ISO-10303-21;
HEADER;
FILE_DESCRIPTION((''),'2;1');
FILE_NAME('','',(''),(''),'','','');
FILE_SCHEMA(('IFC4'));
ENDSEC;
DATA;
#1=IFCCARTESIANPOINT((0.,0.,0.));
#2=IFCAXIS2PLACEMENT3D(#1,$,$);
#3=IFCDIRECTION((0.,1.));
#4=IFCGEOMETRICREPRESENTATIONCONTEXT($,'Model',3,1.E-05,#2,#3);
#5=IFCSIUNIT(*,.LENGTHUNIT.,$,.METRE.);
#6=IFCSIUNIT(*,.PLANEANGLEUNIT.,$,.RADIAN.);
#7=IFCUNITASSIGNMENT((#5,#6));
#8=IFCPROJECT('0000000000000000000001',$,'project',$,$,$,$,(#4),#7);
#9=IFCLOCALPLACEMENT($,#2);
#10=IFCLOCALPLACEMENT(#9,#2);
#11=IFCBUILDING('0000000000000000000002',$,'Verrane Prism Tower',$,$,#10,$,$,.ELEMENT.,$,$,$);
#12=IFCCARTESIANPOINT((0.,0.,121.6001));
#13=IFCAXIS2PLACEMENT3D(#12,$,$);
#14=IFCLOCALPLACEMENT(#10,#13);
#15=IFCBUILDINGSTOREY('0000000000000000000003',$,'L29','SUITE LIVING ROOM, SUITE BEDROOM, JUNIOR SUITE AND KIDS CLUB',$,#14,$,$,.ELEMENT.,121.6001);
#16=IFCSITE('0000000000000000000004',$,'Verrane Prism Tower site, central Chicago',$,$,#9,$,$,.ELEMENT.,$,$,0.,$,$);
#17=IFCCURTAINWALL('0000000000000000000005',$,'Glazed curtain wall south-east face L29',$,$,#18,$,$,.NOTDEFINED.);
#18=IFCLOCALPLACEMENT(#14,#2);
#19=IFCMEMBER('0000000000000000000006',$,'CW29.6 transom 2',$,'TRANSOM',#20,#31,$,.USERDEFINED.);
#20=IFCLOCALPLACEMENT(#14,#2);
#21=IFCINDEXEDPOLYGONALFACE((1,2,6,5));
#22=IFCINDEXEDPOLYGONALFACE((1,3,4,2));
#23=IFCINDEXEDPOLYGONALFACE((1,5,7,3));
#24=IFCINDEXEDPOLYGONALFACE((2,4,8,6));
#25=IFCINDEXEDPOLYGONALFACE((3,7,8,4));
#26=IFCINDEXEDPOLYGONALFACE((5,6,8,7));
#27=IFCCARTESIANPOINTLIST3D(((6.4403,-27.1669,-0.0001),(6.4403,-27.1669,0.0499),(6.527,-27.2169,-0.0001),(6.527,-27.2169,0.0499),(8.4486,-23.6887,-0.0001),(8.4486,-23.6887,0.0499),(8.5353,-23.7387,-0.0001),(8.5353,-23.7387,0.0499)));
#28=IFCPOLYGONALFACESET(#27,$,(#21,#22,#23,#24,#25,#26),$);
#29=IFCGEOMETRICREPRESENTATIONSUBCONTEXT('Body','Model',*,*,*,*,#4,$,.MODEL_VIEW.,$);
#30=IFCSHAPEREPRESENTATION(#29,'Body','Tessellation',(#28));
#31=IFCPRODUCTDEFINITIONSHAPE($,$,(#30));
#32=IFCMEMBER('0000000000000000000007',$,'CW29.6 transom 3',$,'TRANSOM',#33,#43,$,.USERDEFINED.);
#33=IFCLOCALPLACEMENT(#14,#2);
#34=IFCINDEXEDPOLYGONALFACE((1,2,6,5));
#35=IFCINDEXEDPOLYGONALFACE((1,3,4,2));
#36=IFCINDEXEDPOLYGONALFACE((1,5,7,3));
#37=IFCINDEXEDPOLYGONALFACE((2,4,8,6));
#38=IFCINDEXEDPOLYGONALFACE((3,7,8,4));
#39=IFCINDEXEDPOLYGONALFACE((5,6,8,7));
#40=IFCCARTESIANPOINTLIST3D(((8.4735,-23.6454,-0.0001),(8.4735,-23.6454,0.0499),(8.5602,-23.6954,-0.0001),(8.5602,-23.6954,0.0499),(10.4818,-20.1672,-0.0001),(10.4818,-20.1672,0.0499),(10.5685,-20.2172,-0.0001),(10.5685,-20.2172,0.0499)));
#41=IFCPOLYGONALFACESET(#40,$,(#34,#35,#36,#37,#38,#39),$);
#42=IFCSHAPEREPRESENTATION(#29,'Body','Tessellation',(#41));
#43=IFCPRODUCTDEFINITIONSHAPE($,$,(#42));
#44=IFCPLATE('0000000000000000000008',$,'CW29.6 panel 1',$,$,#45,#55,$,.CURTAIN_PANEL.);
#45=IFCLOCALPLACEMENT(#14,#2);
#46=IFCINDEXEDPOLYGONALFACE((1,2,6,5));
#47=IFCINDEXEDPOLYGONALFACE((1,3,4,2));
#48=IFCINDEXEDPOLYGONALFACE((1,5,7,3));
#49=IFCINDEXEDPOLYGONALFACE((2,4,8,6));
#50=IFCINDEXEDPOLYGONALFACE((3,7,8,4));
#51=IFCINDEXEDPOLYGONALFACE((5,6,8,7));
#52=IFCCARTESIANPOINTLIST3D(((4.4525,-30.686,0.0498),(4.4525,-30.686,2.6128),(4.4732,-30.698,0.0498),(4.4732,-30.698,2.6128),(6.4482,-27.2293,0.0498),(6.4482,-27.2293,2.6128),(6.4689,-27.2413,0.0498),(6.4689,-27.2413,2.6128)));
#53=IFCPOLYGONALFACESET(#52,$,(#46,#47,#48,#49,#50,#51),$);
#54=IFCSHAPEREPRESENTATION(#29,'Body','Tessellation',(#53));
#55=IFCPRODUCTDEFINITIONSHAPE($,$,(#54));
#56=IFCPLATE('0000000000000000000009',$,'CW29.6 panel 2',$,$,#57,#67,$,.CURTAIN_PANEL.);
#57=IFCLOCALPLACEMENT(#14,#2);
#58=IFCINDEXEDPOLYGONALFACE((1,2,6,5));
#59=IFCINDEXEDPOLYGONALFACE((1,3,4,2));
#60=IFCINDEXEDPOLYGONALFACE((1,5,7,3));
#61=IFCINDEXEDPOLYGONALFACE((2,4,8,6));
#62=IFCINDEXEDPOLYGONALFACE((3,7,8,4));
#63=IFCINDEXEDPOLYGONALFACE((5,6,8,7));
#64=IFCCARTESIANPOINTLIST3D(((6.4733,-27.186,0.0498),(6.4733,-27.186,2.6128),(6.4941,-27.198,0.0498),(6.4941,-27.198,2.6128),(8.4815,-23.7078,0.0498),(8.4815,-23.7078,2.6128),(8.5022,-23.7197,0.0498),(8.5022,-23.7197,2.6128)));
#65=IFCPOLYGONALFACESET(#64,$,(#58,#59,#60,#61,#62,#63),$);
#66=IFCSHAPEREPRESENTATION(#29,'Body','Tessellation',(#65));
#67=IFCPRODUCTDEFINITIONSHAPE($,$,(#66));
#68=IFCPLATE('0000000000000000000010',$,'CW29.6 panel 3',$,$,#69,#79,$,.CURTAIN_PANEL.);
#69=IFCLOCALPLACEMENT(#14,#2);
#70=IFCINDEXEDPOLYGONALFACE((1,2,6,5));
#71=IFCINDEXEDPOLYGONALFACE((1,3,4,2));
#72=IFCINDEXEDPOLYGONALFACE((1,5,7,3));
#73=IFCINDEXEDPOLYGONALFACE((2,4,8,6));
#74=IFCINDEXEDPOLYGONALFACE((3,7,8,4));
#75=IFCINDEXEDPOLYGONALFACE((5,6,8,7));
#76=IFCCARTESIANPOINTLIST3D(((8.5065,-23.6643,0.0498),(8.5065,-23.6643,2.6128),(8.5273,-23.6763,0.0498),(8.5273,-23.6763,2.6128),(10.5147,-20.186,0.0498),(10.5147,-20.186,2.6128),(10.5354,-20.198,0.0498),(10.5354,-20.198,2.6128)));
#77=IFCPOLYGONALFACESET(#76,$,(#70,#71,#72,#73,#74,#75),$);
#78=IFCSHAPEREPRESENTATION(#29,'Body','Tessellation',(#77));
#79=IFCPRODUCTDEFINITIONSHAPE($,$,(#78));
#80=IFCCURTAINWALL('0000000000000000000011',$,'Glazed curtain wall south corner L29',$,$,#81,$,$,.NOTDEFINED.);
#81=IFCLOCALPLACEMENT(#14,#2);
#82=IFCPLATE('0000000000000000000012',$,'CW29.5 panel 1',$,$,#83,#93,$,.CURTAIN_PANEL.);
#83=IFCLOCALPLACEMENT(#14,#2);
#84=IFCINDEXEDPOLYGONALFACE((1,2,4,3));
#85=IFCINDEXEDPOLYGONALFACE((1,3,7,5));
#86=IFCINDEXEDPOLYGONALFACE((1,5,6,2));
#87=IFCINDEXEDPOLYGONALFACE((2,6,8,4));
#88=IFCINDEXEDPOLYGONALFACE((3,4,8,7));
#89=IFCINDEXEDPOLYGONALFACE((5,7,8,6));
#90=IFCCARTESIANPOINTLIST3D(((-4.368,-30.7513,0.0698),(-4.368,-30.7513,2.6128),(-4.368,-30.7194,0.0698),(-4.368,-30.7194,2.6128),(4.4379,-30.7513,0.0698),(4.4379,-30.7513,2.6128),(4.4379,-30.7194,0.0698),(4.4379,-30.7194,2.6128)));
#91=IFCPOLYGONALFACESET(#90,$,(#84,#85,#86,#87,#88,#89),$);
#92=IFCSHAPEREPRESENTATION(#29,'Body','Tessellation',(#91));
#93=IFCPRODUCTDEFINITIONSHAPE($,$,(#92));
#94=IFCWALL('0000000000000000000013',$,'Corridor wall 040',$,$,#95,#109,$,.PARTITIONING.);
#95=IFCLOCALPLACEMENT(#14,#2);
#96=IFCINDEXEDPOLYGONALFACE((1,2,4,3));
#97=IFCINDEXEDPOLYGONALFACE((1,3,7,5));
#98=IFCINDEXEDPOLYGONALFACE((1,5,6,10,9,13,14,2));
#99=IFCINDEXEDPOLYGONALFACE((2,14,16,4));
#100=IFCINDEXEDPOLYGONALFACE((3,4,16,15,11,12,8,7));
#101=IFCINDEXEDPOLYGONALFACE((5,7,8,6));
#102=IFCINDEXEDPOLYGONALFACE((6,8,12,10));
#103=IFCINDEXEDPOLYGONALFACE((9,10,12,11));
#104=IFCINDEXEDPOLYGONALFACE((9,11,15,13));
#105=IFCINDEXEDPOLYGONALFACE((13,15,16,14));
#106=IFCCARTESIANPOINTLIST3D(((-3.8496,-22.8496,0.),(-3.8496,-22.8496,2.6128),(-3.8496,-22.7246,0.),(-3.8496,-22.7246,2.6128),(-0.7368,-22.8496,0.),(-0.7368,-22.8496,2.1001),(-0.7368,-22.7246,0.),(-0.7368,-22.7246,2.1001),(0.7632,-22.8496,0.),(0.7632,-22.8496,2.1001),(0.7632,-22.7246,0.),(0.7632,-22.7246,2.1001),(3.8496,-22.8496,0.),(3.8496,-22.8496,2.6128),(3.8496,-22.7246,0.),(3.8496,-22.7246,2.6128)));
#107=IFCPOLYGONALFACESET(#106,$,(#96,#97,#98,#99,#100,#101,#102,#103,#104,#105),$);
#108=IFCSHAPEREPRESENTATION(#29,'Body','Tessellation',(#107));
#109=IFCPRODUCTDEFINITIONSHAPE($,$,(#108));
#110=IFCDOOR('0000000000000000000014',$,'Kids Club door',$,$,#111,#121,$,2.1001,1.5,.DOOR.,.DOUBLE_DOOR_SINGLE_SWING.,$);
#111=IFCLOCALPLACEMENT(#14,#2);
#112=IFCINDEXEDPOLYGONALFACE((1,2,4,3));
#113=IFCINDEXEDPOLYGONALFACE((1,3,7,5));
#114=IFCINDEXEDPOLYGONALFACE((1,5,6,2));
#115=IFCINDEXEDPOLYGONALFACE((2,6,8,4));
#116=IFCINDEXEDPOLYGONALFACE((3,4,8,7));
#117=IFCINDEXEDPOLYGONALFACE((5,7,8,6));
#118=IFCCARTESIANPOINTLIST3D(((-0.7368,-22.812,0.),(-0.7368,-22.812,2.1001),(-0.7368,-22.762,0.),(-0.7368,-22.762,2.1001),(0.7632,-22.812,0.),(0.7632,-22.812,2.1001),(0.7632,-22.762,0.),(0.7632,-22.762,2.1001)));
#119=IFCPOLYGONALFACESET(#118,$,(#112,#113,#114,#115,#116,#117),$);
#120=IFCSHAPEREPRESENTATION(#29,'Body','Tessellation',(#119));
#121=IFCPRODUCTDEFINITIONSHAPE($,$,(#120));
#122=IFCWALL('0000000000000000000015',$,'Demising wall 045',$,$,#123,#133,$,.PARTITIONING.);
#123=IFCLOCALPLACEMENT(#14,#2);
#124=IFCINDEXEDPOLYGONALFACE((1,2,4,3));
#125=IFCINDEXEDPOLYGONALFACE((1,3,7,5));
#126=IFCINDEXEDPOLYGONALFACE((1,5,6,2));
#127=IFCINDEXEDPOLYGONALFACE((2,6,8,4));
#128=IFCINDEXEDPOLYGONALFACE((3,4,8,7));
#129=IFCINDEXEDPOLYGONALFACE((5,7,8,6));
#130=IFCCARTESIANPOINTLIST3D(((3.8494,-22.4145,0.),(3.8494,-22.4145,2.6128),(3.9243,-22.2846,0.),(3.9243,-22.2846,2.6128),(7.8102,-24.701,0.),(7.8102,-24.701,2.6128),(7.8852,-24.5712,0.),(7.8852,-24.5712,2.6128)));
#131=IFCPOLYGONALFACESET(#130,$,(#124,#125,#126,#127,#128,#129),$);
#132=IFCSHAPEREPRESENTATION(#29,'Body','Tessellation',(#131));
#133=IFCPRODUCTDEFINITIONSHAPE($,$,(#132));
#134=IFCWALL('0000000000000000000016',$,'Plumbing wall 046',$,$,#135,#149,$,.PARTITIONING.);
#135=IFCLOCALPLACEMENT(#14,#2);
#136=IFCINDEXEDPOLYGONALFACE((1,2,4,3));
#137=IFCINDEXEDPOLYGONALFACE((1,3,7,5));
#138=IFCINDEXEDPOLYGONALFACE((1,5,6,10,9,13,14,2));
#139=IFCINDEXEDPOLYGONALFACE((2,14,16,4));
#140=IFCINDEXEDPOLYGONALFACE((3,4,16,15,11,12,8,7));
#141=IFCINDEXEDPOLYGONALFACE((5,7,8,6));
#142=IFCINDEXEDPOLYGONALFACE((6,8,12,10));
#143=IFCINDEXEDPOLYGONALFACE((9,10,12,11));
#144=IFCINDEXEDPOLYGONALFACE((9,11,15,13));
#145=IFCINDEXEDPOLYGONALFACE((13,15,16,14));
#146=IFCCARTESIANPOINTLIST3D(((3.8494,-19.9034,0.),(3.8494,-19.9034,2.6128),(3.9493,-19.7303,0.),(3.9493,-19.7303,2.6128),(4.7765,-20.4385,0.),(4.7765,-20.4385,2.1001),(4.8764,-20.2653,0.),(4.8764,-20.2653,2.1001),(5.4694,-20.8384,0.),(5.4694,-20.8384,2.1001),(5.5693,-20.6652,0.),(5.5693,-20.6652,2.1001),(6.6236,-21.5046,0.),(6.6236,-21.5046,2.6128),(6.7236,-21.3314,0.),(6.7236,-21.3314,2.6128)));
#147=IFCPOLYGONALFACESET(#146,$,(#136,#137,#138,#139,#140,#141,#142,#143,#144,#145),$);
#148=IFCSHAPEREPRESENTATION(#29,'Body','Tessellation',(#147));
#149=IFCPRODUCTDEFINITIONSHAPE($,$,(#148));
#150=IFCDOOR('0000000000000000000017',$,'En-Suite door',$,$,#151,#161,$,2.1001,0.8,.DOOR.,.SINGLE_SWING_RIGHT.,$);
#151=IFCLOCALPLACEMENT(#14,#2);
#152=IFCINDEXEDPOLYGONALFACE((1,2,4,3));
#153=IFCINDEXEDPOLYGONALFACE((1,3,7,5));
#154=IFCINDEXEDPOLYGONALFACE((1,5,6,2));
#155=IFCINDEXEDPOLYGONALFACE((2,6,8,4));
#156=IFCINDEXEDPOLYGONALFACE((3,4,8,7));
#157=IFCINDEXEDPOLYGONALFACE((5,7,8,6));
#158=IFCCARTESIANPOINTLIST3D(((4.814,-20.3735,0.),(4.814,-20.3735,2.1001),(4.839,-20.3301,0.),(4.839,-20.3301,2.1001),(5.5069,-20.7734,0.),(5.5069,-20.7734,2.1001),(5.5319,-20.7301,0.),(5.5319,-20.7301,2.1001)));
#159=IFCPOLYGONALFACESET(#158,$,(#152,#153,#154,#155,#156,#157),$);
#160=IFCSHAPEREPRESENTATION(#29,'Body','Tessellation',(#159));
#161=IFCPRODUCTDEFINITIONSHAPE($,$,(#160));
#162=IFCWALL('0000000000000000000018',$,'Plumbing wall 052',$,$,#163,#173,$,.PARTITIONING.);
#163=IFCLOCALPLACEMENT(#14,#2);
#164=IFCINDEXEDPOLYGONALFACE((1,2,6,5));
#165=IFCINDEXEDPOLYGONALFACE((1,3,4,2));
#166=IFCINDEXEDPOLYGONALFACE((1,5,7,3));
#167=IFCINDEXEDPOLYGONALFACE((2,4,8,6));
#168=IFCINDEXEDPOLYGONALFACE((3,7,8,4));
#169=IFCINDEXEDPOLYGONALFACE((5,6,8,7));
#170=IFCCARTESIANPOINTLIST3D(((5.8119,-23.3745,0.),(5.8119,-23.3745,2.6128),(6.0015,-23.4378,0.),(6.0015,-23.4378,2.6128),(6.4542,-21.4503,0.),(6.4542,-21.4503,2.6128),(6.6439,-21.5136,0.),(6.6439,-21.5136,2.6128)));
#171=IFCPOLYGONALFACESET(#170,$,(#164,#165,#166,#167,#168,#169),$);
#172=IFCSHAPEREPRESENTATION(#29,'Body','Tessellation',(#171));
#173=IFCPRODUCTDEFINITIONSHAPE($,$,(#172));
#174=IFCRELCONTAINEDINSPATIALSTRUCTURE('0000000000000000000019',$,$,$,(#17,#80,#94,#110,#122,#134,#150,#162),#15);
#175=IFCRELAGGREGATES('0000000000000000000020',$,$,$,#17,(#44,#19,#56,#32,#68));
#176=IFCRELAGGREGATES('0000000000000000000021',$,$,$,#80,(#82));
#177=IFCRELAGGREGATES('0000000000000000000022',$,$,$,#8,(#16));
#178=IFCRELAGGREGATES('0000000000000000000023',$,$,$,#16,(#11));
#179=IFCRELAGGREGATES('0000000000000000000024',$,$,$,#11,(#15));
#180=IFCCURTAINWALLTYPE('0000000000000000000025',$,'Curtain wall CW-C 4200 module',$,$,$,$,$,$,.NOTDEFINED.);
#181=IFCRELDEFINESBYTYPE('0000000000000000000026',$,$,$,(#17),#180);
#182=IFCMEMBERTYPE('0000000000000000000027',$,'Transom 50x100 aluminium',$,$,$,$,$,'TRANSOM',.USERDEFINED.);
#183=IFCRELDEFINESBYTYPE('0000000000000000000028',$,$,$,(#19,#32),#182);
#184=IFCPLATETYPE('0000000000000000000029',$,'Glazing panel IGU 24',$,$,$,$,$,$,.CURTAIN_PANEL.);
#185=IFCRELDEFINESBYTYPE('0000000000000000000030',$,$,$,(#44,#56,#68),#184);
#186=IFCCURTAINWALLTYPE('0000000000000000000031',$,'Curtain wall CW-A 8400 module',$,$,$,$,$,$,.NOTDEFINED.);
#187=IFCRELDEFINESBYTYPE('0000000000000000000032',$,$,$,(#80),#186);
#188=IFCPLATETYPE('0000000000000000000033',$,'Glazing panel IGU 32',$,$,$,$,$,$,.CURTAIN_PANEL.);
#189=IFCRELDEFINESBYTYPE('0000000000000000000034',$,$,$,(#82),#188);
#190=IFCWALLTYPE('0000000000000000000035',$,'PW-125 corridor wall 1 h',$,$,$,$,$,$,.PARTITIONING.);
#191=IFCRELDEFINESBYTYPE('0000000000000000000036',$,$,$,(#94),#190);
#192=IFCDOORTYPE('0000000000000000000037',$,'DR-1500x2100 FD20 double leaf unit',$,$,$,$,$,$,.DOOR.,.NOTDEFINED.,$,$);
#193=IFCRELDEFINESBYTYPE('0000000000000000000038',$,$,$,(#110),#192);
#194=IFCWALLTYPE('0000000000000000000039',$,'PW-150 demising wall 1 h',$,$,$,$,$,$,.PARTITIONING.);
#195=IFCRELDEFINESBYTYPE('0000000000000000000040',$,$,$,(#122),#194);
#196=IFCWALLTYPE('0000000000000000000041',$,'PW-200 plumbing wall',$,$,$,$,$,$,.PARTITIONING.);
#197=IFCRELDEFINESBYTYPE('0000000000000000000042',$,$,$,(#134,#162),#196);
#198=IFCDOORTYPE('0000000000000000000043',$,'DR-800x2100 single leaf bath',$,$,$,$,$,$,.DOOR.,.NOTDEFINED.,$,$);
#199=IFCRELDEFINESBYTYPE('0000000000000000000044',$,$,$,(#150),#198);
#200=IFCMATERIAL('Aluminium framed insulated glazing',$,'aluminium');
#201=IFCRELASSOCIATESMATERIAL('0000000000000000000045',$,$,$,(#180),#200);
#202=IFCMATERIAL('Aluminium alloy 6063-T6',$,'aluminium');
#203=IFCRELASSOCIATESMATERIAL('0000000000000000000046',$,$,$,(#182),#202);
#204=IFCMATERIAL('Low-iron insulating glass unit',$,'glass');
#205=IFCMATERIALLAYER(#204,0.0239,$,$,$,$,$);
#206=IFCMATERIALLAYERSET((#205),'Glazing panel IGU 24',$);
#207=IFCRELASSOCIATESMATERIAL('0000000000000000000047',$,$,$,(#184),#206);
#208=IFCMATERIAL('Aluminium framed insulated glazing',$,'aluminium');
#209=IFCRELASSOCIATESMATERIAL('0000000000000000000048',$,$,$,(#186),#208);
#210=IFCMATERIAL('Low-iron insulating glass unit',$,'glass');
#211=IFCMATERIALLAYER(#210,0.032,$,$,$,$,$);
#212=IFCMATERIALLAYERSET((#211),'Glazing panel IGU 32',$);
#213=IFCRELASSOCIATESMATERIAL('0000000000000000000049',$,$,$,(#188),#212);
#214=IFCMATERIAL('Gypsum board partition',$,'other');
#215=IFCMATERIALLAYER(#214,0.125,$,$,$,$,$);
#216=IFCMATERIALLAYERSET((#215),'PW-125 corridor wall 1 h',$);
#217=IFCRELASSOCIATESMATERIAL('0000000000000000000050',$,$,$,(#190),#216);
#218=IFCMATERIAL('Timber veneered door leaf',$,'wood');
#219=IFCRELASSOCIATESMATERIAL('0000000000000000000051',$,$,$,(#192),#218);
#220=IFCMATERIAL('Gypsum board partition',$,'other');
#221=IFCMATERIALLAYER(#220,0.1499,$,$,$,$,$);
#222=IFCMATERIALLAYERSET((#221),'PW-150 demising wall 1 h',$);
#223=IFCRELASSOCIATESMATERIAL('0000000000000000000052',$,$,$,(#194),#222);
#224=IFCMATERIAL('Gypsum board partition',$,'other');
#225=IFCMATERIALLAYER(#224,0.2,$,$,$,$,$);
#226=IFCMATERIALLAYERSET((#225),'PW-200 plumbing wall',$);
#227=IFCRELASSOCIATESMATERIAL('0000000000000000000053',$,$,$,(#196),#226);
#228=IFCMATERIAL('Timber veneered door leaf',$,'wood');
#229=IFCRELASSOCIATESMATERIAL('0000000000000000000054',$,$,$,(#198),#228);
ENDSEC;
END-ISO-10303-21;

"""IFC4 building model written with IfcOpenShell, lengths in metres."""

from ifc_helpers import new_model, si_unit, direction, frame, frame_2d, origin, origin_2d, place, context, subcontext, project, spatial, rectangle, extrude, material, layer, layer_set, material_profile, profile_set, type_object, element, fill, aggregate, save


model = new_model("IFC4")

# Units and contexts
model_context = context("Model", 3, precision=1e-05, world=origin(), true_north=direction((0.0, 1.0)))
body_context = subcontext(model_context, "Body", "Model", "MODEL_VIEW")
ifc_project = project(units=[si_unit("LENGTHUNIT", "METRE"), si_unit("PLANEANGLEUNIT", "RADIAN")], contexts=[model_context])

# Site, building, storey
site_placement = place(None, origin())
site = spatial("IfcSite", under=ifc_project, at=site_placement, Name="Verrane Prism Tower site, central Chicago", CompositionType="ELEMENT", RefElevation=0.0)
building_placement = place(site_placement, origin())
building = spatial("IfcBuilding", under=site, at=building_placement, Name="Verrane Prism Tower", CompositionType="ELEMENT")
storey_placement = place(building_placement, frame((0.0, 0.0, 121.6001)))
storey = spatial("IfcBuildingStorey", under=building, at=storey_placement, Name="L29", Description="SUITE LIVING ROOM, SUITE BEDROOM, JUNIOR SUITE AND KIDS CLUB", CompositionType="ELEMENT", Elevation=121.6001)

# Curtain wall
ifc_material_1 = material(Name="Aluminium framed insulated glazing", Category="aluminium")
curtain_wall_type_1 = type_object("IfcCurtainWallType", Name="Curtain wall CW-C 4200 module", PredefinedType="NOTDEFINED", material=ifc_material_1)
curtain_wall_1_placement = place(storey_placement, origin())
curtain_wall_1 = element("IfcCurtainWall", 1, at=curtain_wall_1_placement, inside=storey, type_object=curtain_wall_type_1, Name="Glazed curtain wall south-east face L29", PredefinedType="NOTDEFINED")

# Members
ifc_material_2 = material(Name="Aluminium alloy 6063-T6", Category="aluminium")
ifc_material_profile_1 = material_profile(ifc_material_2, rectangle(XDim=0.1001, YDim=0.05, at=origin_2d()), Name="Transom 50x100 aluminium")
ifc_profile_set_1 = profile_set([ifc_material_profile_1], Name="Aluminium alloy 6063-T6")
member_type_1 = type_object("IfcMemberType", Name="Transom 50x100 aluminium", ElementType="TRANSOM", PredefinedType="USERDEFINED", material=ifc_profile_set_1)
member_1_placement = place(storey_placement, frame((6.4836, -27.1919, 0.0249), z_axis=(0.500022, 0.866012, 0.0), x_axis=(-0.866012, 0.500022, 0.0)))
member_1 = element("IfcMember", 2, at=member_1_placement, type_object=member_type_1, Name="CW29.6 transom 2", ObjectType="TRANSOM", PredefinedType="USERDEFINED", context=body_context, shape_type="SweptSolid", body=[
    extrude(rectangle(XDim=0.1001, YDim=0.05, at=origin_2d()), origin(), (0.0, 0.0, 1.0), 4.0164),
])
member_2_placement = place(storey_placement, frame((8.5168, -23.6704, 0.0249), z_axis=(0.500022, 0.866012, 0.0), x_axis=(-0.866012, 0.500022, 0.0)))
member_2 = element("IfcMember", 3, at=member_2_placement, type_object=member_type_1, Name="CW29.6 transom 3", ObjectType="TRANSOM", PredefinedType="USERDEFINED", context=body_context, shape_type="SweptSolid", body=[
    extrude(rectangle(XDim=0.1001, YDim=0.05, at=origin_2d()), origin(), (0.0, 0.0, 1.0), 4.0164),
])

# Plates
ifc_material_3 = material(Name="Low-iron insulating glass unit", Category="glass")
ifc_layer_1 = layer(ifc_material_3, 0.0239)
ifc_layer_set_1 = layer_set([ifc_layer_1], Name="Glazing panel IGU 24")
plate_type_1 = type_object("IfcPlateType", Name="Glazing panel IGU 24", PredefinedType="CURTAIN_PANEL", material=ifc_layer_set_1)
plate_1_placement = place(storey_placement, frame((5.4607, -28.9636, 0.0498), z_axis=(0.0, 0.0, 1.0), x_axis=(0.5, 0.866025, 0.0)))
plate_1 = element("IfcPlate", 4, at=plate_1_placement, type_object=plate_type_1, Name="CW29.6 panel 1", PredefinedType="CURTAIN_PANEL", context=body_context, shape_type="SweptSolid", body=[
    extrude(rectangle(XDim=3.9915, YDim=0.0239, at=origin_2d()), origin(), (0.0, 0.0, 1.0), 2.563),
])
plate_2_placement = place(storey_placement, frame((7.4878, -25.4529, 0.0498), z_axis=(0.0, 0.0, 1.0), x_axis=(0.5, 0.866025, 0.0)))
plate_2 = element("IfcPlate", 5, at=plate_2_placement, type_object=plate_type_1, Name="CW29.6 panel 2", PredefinedType="CURTAIN_PANEL", context=body_context, shape_type="SweptSolid", body=[
    extrude(rectangle(XDim=4.0164, YDim=0.0239, at=origin_2d()), origin(), (0.0, 0.0, 1.0), 2.563),
])
plate_3_placement = place(storey_placement, frame((9.521, -21.9312, 0.0498), z_axis=(0.0, 0.0, 1.0), x_axis=(0.5, 0.866025, 0.0)))
plate_3 = element("IfcPlate", 6, at=plate_3_placement, type_object=plate_type_1, Name="CW29.6 panel 3", PredefinedType="CURTAIN_PANEL", context=body_context, shape_type="SweptSolid", body=[
    extrude(rectangle(XDim=4.0164, YDim=0.0239, at=origin_2d()), origin(), (0.0, 0.0, 1.0), 2.563),
])
aggregate(curtain_wall_1, [plate_1, member_1, plate_2, member_2, plate_3])

# Curtain wall, plate
ifc_material_4 = material(Name="Aluminium framed insulated glazing", Category="aluminium")
curtain_wall_type_2 = type_object("IfcCurtainWallType", Name="Curtain wall CW-A 8400 module", PredefinedType="NOTDEFINED", material=ifc_material_4)
curtain_wall_2_placement = place(storey_placement, origin())
curtain_wall_2 = element("IfcCurtainWall", 7, at=curtain_wall_2_placement, inside=storey, type_object=curtain_wall_type_2, Name="Glazed curtain wall south corner L29", PredefinedType="NOTDEFINED")
ifc_material_5 = material(Name="Low-iron insulating glass unit", Category="glass")
ifc_layer_2 = layer(ifc_material_5, 0.032)
ifc_layer_set_2 = layer_set([ifc_layer_2], Name="Glazing panel IGU 32")
plate_type_2 = type_object("IfcPlateType", Name="Glazing panel IGU 32", PredefinedType="CURTAIN_PANEL", material=ifc_layer_set_2)
plate_4_placement = place(storey_placement, frame((0.0349, -30.7354, 0.0698), z_axis=(0.0, 0.0, 1.0), x_axis=(1.0, 0.0, 0.0)))
plate_4 = element("IfcPlate", 8, at=plate_4_placement, type_object=plate_type_2, Name="CW29.5 panel 1", PredefinedType="CURTAIN_PANEL", context=body_context, shape_type="SweptSolid", body=[
    extrude(rectangle(XDim=8.8059, YDim=0.032, at=origin_2d()), origin(), (0.0, 0.0, 1.0), 2.543),
])
aggregate(curtain_wall_2, [plate_4])

# Wall, opening, door
ifc_material_6 = material(Name="Gypsum board partition", Category="other")
ifc_layer_3 = layer(ifc_material_6, 0.125)
ifc_layer_set_3 = layer_set([ifc_layer_3], Name="PW-125 corridor wall 1 h")
wall_type_1 = type_object("IfcWallType", Name="PW-125 corridor wall 1 h", PredefinedType="PARTITIONING", material=ifc_layer_set_3)
wall_1_placement = place(storey_placement, frame((3.8496, -22.7871, 0.0), z_axis=(0.0, 0.0, 1.0), x_axis=(-1.0, 0.0, 0.0)))
wall_1 = element("IfcWall", 9, at=wall_1_placement, inside=storey, type_object=wall_type_1, Name="Corridor wall 040", PredefinedType="PARTITIONING", context=body_context, shape_type="SweptSolid", body=[
    extrude(rectangle(XDim=7.6992, YDim=0.125, at=frame_2d((3.8496, 0.0))), origin(), (0.0, 0.0, 1.0), 2.6128),
])
opening_1_placement = place(wall_1_placement, frame((3.0864, 0.0, 0.0)))
opening_1 = element("IfcOpeningElement", 10, at=opening_1_placement, cuts=wall_1, PredefinedType="OPENING", context=body_context, shape_type="SweptSolid", body=[
    extrude(rectangle(XDim=1.5, YDim=2.1001, at=frame_2d((0.75, 1.05))), frame((0.0, 0.0725, 0.0), z_axis=(0.0, -1.0, 0.0), x_axis=(1.0, 0.0, 0.0)), (0.0, 0.0, 1.0), 0.145),
])
ifc_material_7 = material(Name="Timber veneered door leaf", Category="wood")
door_type_1 = type_object("IfcDoorType", Name="DR-1500x2100 FD20 double leaf unit", OperationType="NOTDEFINED", PredefinedType="DOOR", material=ifc_material_7)
door_1_placement = place(opening_1_placement, origin())
door_1 = element("IfcDoor", 11, at=door_1_placement, inside=storey, type_object=door_type_1, Name="Kids Club door", OperationType="DOUBLE_DOOR_SINGLE_SWING", OverallHeight=2.1001, OverallWidth=1.5, PredefinedType="DOOR", context=body_context, shape_type="SweptSolid", body=[
    extrude(rectangle(XDim=1.5, YDim=2.1001, at=frame_2d((0.75, 1.05))), frame((0.0, 0.0249, 0.0), z_axis=(0.0, -1.0, 0.0), x_axis=(1.0, 0.0, 0.0)), (0.0, 0.0, 1.0), 0.05),
])
fill(opening_1, door_1)

# Wall
ifc_material_8 = material(Name="Gypsum board partition", Category="other")
ifc_layer_4 = layer(ifc_material_8, 0.1499)
ifc_layer_set_4 = layer_set([ifc_layer_4], Name="PW-150 demising wall 1 h")
wall_type_2 = type_object("IfcWallType", Name="PW-150 demising wall 1 h", PredefinedType="PARTITIONING", material=ifc_layer_set_4)
wall_2_placement = place(storey_placement, frame((3.887, -22.3496, 0.0), z_axis=(0.0, 0.0, 1.0), x_axis=(0.866047, -0.499963, 0.0)))
element("IfcWall", 12, at=wall_2_placement, inside=storey, type_object=wall_type_2, Name="Demising wall 045", PredefinedType="PARTITIONING", context=body_context, shape_type="SweptSolid", body=[
    extrude(rectangle(XDim=4.5735, YDim=0.1499, at=frame_2d((2.2866, 0.0))), origin(), (0.0, 0.0, 1.0), 2.6128),
])

# Wall, opening, door
ifc_material_9 = material(Name="Gypsum board partition", Category="other")
ifc_layer_5 = layer(ifc_material_9, 0.2)
ifc_layer_set_5 = layer_set([ifc_layer_5], Name="PW-200 plumbing wall")
wall_type_3 = type_object("IfcWallType", Name="PW-200 plumbing wall", PredefinedType="PARTITIONING", material=ifc_layer_set_5)
wall_3_placement = place(storey_placement, frame((6.6736, -21.418, 0.0), z_axis=(0.0, 0.0, 1.0), x_axis=(-0.866106, 0.499861, 0.0)))
wall_3 = element("IfcWall", 13, at=wall_3_placement, inside=storey, type_object=wall_type_3, Name="Plumbing wall 046", PredefinedType="PARTITIONING", context=body_context, shape_type="SweptSolid", body=[
    extrude(rectangle(XDim=3.2031, YDim=0.2, at=frame_2d((1.6016, 0.0))), origin(), (0.0, 0.0, 1.0), 2.6128),
])
opening_2_placement = place(wall_3_placement, frame((1.3328, 0.0, 0.0)))
opening_2 = element("IfcOpeningElement", 14, at=opening_2_placement, cuts=wall_3, PredefinedType="OPENING", context=body_context, shape_type="SweptSolid", body=[
    extrude(rectangle(XDim=0.8, YDim=2.1001, at=frame_2d((0.3999, 1.05))), frame((0.0, 0.1099, 0.0), z_axis=(0.0, -1.0, 0.0), x_axis=(1.0, 0.0, 0.0)), (0.0, 0.0, 1.0), 0.22),
])
ifc_material_10 = material(Name="Timber veneered door leaf", Category="wood")
door_type_2 = type_object("IfcDoorType", Name="DR-800x2100 single leaf bath", OperationType="NOTDEFINED", PredefinedType="DOOR", material=ifc_material_10)
door_2_placement = place(opening_2_placement, origin())
door_2 = element("IfcDoor", 15, at=door_2_placement, inside=storey, type_object=door_type_2, Name="En-Suite door", OperationType="SINGLE_SWING_RIGHT", OverallHeight=2.1001, OverallWidth=0.8, PredefinedType="DOOR", context=body_context, shape_type="SweptSolid", body=[
    extrude(rectangle(XDim=0.8, YDim=2.1001, at=frame_2d((0.3999, 1.05))), frame((0.0, 0.0249, 0.0), z_axis=(0.0, -1.0, 0.0), x_axis=(1.0, 0.0, 0.0)), (0.0, 0.0, 1.0), 0.05),
])
fill(opening_2, door_2)

# Wall
wall_4_placement = place(storey_placement, frame((5.9067, -23.406, 0.0), z_axis=(0.0, 0.0, 1.0), x_axis=(0.316661, 0.948539, 0.0)))
element("IfcWall", 16, at=wall_4_placement, inside=storey, type_object=wall_type_3, Name="Plumbing wall 052", PredefinedType="PARTITIONING", context=body_context, shape_type="SweptSolid", body=[
    extrude(rectangle(XDim=2.0286, YDim=0.2, at=frame_2d((1.0142, 0.0))), origin(), (0.0, 0.0, 1.0), 2.6128),
])

save(model, "model.ifc")
